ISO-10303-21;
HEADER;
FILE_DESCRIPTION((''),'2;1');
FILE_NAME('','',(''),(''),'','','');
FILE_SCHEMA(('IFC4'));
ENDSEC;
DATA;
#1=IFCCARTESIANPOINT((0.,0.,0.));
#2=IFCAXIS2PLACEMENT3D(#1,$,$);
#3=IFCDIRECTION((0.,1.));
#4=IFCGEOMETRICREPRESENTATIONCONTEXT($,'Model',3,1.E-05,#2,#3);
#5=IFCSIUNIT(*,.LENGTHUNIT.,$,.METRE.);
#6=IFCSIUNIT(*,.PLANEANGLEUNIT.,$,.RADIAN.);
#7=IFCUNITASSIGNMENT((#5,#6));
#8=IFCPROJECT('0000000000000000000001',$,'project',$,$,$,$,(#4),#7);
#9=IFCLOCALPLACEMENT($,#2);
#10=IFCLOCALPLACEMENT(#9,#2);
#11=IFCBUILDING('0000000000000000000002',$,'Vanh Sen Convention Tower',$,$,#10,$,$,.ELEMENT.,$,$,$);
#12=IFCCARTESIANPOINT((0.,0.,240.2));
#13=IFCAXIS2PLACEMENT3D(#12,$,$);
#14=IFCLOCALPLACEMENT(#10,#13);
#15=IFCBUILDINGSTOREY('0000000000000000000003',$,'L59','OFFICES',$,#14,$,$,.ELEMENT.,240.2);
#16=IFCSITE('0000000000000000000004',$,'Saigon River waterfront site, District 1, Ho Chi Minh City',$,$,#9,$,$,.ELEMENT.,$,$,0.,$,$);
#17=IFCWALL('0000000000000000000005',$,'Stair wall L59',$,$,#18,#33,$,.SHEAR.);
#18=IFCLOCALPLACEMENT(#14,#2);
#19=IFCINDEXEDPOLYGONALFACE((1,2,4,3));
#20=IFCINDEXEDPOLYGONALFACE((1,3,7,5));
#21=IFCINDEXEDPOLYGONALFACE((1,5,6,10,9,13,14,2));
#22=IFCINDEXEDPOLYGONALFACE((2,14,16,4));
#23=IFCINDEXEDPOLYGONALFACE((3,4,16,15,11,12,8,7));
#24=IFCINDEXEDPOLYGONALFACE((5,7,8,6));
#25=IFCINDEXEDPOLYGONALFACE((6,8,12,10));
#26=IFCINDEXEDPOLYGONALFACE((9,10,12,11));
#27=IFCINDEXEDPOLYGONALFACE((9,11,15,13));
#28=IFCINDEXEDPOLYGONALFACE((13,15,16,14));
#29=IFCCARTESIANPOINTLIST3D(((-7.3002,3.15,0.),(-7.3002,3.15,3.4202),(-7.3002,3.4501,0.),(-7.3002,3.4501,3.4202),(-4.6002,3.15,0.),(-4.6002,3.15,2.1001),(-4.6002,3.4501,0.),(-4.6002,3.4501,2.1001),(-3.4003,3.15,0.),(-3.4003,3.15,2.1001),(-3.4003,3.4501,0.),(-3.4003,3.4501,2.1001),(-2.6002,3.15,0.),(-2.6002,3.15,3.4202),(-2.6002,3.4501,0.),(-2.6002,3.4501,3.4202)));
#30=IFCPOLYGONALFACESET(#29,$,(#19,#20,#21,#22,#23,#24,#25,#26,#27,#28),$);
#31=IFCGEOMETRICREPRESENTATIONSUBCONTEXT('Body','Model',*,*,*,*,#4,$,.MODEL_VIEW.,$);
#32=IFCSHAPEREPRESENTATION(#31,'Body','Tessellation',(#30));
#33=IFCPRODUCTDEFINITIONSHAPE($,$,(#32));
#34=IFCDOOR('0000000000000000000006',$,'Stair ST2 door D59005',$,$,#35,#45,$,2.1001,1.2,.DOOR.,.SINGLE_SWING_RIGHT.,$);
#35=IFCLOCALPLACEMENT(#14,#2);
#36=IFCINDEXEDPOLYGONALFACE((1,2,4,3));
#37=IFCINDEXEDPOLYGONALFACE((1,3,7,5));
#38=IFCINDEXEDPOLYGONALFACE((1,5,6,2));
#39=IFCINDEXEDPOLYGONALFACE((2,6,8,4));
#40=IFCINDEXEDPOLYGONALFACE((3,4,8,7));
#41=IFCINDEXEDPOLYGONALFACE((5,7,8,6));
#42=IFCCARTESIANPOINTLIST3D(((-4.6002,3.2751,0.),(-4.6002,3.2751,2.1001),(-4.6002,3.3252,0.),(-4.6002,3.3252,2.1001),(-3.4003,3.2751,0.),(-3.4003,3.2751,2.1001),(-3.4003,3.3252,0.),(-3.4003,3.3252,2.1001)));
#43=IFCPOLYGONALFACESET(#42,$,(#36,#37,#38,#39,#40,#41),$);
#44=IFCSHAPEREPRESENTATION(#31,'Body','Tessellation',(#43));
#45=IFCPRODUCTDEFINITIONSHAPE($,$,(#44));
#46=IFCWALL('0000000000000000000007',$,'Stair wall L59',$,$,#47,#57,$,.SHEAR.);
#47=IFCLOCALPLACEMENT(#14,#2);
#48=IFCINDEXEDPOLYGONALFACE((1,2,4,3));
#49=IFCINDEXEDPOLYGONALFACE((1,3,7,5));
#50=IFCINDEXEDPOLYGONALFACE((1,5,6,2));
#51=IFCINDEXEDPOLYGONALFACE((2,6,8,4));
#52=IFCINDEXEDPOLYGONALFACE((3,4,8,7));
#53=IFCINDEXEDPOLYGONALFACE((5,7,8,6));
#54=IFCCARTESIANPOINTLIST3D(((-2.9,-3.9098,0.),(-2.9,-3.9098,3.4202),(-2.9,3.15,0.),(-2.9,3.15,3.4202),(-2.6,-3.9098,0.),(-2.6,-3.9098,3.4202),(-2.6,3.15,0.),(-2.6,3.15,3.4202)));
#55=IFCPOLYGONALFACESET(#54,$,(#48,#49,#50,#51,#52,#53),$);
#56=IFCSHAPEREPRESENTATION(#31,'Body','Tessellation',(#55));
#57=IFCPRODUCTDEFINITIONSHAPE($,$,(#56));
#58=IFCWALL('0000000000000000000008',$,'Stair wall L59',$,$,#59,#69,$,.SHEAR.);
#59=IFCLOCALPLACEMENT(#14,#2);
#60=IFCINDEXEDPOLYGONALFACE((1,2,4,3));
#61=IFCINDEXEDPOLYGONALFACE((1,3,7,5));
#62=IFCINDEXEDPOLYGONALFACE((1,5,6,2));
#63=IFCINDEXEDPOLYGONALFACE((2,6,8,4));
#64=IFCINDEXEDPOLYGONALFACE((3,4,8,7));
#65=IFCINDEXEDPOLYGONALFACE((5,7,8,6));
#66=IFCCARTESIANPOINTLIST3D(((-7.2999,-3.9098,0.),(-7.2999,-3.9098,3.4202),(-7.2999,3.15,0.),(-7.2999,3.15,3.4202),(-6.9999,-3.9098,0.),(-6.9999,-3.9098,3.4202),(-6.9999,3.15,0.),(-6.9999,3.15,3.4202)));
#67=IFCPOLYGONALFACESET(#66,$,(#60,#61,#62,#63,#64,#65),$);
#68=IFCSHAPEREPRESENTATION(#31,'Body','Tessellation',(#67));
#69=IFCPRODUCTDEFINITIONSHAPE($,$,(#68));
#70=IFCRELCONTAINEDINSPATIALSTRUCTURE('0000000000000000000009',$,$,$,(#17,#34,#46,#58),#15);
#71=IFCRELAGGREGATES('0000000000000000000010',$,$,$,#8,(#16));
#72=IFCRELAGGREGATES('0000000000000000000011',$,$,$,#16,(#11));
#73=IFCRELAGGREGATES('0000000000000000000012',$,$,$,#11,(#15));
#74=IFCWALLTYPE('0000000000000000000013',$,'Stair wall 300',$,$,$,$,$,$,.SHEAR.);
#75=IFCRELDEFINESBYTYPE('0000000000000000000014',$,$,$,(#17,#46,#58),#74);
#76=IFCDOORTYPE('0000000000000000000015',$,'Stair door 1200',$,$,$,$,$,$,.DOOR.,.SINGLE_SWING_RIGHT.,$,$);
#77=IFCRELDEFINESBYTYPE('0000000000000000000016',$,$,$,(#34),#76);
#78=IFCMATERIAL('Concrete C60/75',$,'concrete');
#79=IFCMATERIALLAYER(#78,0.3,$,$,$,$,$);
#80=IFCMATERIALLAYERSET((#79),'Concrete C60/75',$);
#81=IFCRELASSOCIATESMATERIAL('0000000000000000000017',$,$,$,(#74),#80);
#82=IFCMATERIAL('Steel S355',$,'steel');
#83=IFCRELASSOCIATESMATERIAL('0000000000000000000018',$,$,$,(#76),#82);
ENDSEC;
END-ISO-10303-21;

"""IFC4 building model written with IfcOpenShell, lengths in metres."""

from ifc_helpers import new_model, si_unit, direction, frame, frame_2d, origin, place, context, subcontext, project, spatial, rectangle, extrude, material, layer, layer_set, type_object, element, fill, save


model = new_model("IFC4")

# Units and contexts
model_context = context("Model", 3, precision=1e-05, world=origin(), true_north=direction((0.0, 1.0)))
body_context = subcontext(model_context, "Body", "Model", "MODEL_VIEW")
ifc_project = project(units=[si_unit("LENGTHUNIT", "METRE"), si_unit("PLANEANGLEUNIT", "RADIAN")], contexts=[model_context])

# Site, building, storey
site_placement = place(None, origin())
site = spatial("IfcSite", under=ifc_project, at=site_placement, Name="Saigon River waterfront site, District 1, Ho Chi Minh City", CompositionType="ELEMENT", RefElevation=0.0)
building_placement = place(site_placement, origin())
building = spatial("IfcBuilding", under=site, at=building_placement, Name="Vanh Sen Convention Tower", CompositionType="ELEMENT")
storey_placement = place(building_placement, frame((0.0, 0.0, 240.2)))
storey = spatial("IfcBuildingStorey", under=building, at=storey_placement, Name="L59", Description="OFFICES", CompositionType="ELEMENT", Elevation=240.2)

# Shared definitions
ifc_material_1 = material(Name="Concrete C60/75", Category="concrete")

# Shared definitions
ifc_material_2 = material(Name="Steel S355", Category="steel")

# Shared definitions
ifc_layer_1 = layer(ifc_material_1, 0.3)
ifc_layer_set_1 = layer_set([ifc_layer_1], Name="Concrete C60/75")
wall_type_1 = type_object("IfcWallType", Name="Stair wall 300", PredefinedType="SHEAR", material=ifc_layer_set_1)

# Wall, opening, door
wall_1_placement = place(storey_placement, frame((-2.6001, 3.3, 0.0), z_axis=(0.0, 0.0, 1.0), x_axis=(-1.0, 0.0, 0.0)))
wall_1 = element("IfcWall", 1, at=wall_1_placement, inside=storey, type_object=wall_type_1, Name="Stair wall L59", PredefinedType="SHEAR", context=body_context, shape_type="SweptSolid", body=[
    extrude(rectangle(XDim=4.7, YDim=0.3, at=frame_2d((2.3501, 0.0))), origin(), (0.0, 0.0, 1.0), 3.4202),
])
opening_1_placement = place(wall_1_placement, frame((0.8, 0.0, 0.0)))
opening_1 = element("IfcOpeningElement", 2, at=opening_1_placement, cuts=wall_1, PredefinedType="OPENING", context=body_context, shape_type="SweptSolid", body=[
    extrude(rectangle(XDim=1.2, YDim=2.1001, at=frame_2d((0.6001, 1.05))), frame((0.0, 0.1599, 0.0), z_axis=(0.0, -1.0, 0.0), x_axis=(1.0, 0.0, 0.0)), (0.0, 0.0, 1.0), 0.3201),
])
door_type_1 = type_object("IfcDoorType", Name="Stair door 1200", OperationType="SINGLE_SWING_RIGHT", PredefinedType="DOOR", material=ifc_material_2)
door_1_placement = place(opening_1_placement, origin())
door_1 = element("IfcDoor", 3, at=door_1_placement, inside=storey, type_object=door_type_1, Name="Stair ST2 door D59005", OperationType="SINGLE_SWING_RIGHT", OverallHeight=2.1001, OverallWidth=1.2, PredefinedType="DOOR", context=body_context, shape_type="SweptSolid", body=[
    extrude(rectangle(XDim=1.2, YDim=2.1001, at=frame_2d((0.6001, 1.05))), frame((0.0, 0.0249, 0.0), z_axis=(0.0, -1.0, 0.0), x_axis=(1.0, 0.0, 0.0)), (0.0, 0.0, 1.0), 0.05),
])
fill(opening_1, door_1)

# Walls
for number, where, z_axis, x_axis, name in (
    (4, (-2.75, 3.1499, 0.0), (0.0, 0.0, 1.0), (0.0, -1.0, 0.0), "Stair wall L59"),
    (5, (-7.1499, 3.1499, 0.0), (0.0, 0.0, 1.0), (0.0, -1.0, 0.0), "Stair wall L59"),
):
    element("IfcWall", number, at=place(storey_placement, frame(where, z_axis=z_axis, x_axis=x_axis)), inside=storey, type_object=wall_type_1, Name=name, PredefinedType="SHEAR", context=body_context, shape_type="SweptSolid", body=[
        extrude(rectangle(XDim=7.0598, YDim=0.3, at=frame_2d((3.5298, 0.0))), origin(), (0.0, 0.0, 1.0), 3.4202),
    ])

save(model, "model.ifc")
